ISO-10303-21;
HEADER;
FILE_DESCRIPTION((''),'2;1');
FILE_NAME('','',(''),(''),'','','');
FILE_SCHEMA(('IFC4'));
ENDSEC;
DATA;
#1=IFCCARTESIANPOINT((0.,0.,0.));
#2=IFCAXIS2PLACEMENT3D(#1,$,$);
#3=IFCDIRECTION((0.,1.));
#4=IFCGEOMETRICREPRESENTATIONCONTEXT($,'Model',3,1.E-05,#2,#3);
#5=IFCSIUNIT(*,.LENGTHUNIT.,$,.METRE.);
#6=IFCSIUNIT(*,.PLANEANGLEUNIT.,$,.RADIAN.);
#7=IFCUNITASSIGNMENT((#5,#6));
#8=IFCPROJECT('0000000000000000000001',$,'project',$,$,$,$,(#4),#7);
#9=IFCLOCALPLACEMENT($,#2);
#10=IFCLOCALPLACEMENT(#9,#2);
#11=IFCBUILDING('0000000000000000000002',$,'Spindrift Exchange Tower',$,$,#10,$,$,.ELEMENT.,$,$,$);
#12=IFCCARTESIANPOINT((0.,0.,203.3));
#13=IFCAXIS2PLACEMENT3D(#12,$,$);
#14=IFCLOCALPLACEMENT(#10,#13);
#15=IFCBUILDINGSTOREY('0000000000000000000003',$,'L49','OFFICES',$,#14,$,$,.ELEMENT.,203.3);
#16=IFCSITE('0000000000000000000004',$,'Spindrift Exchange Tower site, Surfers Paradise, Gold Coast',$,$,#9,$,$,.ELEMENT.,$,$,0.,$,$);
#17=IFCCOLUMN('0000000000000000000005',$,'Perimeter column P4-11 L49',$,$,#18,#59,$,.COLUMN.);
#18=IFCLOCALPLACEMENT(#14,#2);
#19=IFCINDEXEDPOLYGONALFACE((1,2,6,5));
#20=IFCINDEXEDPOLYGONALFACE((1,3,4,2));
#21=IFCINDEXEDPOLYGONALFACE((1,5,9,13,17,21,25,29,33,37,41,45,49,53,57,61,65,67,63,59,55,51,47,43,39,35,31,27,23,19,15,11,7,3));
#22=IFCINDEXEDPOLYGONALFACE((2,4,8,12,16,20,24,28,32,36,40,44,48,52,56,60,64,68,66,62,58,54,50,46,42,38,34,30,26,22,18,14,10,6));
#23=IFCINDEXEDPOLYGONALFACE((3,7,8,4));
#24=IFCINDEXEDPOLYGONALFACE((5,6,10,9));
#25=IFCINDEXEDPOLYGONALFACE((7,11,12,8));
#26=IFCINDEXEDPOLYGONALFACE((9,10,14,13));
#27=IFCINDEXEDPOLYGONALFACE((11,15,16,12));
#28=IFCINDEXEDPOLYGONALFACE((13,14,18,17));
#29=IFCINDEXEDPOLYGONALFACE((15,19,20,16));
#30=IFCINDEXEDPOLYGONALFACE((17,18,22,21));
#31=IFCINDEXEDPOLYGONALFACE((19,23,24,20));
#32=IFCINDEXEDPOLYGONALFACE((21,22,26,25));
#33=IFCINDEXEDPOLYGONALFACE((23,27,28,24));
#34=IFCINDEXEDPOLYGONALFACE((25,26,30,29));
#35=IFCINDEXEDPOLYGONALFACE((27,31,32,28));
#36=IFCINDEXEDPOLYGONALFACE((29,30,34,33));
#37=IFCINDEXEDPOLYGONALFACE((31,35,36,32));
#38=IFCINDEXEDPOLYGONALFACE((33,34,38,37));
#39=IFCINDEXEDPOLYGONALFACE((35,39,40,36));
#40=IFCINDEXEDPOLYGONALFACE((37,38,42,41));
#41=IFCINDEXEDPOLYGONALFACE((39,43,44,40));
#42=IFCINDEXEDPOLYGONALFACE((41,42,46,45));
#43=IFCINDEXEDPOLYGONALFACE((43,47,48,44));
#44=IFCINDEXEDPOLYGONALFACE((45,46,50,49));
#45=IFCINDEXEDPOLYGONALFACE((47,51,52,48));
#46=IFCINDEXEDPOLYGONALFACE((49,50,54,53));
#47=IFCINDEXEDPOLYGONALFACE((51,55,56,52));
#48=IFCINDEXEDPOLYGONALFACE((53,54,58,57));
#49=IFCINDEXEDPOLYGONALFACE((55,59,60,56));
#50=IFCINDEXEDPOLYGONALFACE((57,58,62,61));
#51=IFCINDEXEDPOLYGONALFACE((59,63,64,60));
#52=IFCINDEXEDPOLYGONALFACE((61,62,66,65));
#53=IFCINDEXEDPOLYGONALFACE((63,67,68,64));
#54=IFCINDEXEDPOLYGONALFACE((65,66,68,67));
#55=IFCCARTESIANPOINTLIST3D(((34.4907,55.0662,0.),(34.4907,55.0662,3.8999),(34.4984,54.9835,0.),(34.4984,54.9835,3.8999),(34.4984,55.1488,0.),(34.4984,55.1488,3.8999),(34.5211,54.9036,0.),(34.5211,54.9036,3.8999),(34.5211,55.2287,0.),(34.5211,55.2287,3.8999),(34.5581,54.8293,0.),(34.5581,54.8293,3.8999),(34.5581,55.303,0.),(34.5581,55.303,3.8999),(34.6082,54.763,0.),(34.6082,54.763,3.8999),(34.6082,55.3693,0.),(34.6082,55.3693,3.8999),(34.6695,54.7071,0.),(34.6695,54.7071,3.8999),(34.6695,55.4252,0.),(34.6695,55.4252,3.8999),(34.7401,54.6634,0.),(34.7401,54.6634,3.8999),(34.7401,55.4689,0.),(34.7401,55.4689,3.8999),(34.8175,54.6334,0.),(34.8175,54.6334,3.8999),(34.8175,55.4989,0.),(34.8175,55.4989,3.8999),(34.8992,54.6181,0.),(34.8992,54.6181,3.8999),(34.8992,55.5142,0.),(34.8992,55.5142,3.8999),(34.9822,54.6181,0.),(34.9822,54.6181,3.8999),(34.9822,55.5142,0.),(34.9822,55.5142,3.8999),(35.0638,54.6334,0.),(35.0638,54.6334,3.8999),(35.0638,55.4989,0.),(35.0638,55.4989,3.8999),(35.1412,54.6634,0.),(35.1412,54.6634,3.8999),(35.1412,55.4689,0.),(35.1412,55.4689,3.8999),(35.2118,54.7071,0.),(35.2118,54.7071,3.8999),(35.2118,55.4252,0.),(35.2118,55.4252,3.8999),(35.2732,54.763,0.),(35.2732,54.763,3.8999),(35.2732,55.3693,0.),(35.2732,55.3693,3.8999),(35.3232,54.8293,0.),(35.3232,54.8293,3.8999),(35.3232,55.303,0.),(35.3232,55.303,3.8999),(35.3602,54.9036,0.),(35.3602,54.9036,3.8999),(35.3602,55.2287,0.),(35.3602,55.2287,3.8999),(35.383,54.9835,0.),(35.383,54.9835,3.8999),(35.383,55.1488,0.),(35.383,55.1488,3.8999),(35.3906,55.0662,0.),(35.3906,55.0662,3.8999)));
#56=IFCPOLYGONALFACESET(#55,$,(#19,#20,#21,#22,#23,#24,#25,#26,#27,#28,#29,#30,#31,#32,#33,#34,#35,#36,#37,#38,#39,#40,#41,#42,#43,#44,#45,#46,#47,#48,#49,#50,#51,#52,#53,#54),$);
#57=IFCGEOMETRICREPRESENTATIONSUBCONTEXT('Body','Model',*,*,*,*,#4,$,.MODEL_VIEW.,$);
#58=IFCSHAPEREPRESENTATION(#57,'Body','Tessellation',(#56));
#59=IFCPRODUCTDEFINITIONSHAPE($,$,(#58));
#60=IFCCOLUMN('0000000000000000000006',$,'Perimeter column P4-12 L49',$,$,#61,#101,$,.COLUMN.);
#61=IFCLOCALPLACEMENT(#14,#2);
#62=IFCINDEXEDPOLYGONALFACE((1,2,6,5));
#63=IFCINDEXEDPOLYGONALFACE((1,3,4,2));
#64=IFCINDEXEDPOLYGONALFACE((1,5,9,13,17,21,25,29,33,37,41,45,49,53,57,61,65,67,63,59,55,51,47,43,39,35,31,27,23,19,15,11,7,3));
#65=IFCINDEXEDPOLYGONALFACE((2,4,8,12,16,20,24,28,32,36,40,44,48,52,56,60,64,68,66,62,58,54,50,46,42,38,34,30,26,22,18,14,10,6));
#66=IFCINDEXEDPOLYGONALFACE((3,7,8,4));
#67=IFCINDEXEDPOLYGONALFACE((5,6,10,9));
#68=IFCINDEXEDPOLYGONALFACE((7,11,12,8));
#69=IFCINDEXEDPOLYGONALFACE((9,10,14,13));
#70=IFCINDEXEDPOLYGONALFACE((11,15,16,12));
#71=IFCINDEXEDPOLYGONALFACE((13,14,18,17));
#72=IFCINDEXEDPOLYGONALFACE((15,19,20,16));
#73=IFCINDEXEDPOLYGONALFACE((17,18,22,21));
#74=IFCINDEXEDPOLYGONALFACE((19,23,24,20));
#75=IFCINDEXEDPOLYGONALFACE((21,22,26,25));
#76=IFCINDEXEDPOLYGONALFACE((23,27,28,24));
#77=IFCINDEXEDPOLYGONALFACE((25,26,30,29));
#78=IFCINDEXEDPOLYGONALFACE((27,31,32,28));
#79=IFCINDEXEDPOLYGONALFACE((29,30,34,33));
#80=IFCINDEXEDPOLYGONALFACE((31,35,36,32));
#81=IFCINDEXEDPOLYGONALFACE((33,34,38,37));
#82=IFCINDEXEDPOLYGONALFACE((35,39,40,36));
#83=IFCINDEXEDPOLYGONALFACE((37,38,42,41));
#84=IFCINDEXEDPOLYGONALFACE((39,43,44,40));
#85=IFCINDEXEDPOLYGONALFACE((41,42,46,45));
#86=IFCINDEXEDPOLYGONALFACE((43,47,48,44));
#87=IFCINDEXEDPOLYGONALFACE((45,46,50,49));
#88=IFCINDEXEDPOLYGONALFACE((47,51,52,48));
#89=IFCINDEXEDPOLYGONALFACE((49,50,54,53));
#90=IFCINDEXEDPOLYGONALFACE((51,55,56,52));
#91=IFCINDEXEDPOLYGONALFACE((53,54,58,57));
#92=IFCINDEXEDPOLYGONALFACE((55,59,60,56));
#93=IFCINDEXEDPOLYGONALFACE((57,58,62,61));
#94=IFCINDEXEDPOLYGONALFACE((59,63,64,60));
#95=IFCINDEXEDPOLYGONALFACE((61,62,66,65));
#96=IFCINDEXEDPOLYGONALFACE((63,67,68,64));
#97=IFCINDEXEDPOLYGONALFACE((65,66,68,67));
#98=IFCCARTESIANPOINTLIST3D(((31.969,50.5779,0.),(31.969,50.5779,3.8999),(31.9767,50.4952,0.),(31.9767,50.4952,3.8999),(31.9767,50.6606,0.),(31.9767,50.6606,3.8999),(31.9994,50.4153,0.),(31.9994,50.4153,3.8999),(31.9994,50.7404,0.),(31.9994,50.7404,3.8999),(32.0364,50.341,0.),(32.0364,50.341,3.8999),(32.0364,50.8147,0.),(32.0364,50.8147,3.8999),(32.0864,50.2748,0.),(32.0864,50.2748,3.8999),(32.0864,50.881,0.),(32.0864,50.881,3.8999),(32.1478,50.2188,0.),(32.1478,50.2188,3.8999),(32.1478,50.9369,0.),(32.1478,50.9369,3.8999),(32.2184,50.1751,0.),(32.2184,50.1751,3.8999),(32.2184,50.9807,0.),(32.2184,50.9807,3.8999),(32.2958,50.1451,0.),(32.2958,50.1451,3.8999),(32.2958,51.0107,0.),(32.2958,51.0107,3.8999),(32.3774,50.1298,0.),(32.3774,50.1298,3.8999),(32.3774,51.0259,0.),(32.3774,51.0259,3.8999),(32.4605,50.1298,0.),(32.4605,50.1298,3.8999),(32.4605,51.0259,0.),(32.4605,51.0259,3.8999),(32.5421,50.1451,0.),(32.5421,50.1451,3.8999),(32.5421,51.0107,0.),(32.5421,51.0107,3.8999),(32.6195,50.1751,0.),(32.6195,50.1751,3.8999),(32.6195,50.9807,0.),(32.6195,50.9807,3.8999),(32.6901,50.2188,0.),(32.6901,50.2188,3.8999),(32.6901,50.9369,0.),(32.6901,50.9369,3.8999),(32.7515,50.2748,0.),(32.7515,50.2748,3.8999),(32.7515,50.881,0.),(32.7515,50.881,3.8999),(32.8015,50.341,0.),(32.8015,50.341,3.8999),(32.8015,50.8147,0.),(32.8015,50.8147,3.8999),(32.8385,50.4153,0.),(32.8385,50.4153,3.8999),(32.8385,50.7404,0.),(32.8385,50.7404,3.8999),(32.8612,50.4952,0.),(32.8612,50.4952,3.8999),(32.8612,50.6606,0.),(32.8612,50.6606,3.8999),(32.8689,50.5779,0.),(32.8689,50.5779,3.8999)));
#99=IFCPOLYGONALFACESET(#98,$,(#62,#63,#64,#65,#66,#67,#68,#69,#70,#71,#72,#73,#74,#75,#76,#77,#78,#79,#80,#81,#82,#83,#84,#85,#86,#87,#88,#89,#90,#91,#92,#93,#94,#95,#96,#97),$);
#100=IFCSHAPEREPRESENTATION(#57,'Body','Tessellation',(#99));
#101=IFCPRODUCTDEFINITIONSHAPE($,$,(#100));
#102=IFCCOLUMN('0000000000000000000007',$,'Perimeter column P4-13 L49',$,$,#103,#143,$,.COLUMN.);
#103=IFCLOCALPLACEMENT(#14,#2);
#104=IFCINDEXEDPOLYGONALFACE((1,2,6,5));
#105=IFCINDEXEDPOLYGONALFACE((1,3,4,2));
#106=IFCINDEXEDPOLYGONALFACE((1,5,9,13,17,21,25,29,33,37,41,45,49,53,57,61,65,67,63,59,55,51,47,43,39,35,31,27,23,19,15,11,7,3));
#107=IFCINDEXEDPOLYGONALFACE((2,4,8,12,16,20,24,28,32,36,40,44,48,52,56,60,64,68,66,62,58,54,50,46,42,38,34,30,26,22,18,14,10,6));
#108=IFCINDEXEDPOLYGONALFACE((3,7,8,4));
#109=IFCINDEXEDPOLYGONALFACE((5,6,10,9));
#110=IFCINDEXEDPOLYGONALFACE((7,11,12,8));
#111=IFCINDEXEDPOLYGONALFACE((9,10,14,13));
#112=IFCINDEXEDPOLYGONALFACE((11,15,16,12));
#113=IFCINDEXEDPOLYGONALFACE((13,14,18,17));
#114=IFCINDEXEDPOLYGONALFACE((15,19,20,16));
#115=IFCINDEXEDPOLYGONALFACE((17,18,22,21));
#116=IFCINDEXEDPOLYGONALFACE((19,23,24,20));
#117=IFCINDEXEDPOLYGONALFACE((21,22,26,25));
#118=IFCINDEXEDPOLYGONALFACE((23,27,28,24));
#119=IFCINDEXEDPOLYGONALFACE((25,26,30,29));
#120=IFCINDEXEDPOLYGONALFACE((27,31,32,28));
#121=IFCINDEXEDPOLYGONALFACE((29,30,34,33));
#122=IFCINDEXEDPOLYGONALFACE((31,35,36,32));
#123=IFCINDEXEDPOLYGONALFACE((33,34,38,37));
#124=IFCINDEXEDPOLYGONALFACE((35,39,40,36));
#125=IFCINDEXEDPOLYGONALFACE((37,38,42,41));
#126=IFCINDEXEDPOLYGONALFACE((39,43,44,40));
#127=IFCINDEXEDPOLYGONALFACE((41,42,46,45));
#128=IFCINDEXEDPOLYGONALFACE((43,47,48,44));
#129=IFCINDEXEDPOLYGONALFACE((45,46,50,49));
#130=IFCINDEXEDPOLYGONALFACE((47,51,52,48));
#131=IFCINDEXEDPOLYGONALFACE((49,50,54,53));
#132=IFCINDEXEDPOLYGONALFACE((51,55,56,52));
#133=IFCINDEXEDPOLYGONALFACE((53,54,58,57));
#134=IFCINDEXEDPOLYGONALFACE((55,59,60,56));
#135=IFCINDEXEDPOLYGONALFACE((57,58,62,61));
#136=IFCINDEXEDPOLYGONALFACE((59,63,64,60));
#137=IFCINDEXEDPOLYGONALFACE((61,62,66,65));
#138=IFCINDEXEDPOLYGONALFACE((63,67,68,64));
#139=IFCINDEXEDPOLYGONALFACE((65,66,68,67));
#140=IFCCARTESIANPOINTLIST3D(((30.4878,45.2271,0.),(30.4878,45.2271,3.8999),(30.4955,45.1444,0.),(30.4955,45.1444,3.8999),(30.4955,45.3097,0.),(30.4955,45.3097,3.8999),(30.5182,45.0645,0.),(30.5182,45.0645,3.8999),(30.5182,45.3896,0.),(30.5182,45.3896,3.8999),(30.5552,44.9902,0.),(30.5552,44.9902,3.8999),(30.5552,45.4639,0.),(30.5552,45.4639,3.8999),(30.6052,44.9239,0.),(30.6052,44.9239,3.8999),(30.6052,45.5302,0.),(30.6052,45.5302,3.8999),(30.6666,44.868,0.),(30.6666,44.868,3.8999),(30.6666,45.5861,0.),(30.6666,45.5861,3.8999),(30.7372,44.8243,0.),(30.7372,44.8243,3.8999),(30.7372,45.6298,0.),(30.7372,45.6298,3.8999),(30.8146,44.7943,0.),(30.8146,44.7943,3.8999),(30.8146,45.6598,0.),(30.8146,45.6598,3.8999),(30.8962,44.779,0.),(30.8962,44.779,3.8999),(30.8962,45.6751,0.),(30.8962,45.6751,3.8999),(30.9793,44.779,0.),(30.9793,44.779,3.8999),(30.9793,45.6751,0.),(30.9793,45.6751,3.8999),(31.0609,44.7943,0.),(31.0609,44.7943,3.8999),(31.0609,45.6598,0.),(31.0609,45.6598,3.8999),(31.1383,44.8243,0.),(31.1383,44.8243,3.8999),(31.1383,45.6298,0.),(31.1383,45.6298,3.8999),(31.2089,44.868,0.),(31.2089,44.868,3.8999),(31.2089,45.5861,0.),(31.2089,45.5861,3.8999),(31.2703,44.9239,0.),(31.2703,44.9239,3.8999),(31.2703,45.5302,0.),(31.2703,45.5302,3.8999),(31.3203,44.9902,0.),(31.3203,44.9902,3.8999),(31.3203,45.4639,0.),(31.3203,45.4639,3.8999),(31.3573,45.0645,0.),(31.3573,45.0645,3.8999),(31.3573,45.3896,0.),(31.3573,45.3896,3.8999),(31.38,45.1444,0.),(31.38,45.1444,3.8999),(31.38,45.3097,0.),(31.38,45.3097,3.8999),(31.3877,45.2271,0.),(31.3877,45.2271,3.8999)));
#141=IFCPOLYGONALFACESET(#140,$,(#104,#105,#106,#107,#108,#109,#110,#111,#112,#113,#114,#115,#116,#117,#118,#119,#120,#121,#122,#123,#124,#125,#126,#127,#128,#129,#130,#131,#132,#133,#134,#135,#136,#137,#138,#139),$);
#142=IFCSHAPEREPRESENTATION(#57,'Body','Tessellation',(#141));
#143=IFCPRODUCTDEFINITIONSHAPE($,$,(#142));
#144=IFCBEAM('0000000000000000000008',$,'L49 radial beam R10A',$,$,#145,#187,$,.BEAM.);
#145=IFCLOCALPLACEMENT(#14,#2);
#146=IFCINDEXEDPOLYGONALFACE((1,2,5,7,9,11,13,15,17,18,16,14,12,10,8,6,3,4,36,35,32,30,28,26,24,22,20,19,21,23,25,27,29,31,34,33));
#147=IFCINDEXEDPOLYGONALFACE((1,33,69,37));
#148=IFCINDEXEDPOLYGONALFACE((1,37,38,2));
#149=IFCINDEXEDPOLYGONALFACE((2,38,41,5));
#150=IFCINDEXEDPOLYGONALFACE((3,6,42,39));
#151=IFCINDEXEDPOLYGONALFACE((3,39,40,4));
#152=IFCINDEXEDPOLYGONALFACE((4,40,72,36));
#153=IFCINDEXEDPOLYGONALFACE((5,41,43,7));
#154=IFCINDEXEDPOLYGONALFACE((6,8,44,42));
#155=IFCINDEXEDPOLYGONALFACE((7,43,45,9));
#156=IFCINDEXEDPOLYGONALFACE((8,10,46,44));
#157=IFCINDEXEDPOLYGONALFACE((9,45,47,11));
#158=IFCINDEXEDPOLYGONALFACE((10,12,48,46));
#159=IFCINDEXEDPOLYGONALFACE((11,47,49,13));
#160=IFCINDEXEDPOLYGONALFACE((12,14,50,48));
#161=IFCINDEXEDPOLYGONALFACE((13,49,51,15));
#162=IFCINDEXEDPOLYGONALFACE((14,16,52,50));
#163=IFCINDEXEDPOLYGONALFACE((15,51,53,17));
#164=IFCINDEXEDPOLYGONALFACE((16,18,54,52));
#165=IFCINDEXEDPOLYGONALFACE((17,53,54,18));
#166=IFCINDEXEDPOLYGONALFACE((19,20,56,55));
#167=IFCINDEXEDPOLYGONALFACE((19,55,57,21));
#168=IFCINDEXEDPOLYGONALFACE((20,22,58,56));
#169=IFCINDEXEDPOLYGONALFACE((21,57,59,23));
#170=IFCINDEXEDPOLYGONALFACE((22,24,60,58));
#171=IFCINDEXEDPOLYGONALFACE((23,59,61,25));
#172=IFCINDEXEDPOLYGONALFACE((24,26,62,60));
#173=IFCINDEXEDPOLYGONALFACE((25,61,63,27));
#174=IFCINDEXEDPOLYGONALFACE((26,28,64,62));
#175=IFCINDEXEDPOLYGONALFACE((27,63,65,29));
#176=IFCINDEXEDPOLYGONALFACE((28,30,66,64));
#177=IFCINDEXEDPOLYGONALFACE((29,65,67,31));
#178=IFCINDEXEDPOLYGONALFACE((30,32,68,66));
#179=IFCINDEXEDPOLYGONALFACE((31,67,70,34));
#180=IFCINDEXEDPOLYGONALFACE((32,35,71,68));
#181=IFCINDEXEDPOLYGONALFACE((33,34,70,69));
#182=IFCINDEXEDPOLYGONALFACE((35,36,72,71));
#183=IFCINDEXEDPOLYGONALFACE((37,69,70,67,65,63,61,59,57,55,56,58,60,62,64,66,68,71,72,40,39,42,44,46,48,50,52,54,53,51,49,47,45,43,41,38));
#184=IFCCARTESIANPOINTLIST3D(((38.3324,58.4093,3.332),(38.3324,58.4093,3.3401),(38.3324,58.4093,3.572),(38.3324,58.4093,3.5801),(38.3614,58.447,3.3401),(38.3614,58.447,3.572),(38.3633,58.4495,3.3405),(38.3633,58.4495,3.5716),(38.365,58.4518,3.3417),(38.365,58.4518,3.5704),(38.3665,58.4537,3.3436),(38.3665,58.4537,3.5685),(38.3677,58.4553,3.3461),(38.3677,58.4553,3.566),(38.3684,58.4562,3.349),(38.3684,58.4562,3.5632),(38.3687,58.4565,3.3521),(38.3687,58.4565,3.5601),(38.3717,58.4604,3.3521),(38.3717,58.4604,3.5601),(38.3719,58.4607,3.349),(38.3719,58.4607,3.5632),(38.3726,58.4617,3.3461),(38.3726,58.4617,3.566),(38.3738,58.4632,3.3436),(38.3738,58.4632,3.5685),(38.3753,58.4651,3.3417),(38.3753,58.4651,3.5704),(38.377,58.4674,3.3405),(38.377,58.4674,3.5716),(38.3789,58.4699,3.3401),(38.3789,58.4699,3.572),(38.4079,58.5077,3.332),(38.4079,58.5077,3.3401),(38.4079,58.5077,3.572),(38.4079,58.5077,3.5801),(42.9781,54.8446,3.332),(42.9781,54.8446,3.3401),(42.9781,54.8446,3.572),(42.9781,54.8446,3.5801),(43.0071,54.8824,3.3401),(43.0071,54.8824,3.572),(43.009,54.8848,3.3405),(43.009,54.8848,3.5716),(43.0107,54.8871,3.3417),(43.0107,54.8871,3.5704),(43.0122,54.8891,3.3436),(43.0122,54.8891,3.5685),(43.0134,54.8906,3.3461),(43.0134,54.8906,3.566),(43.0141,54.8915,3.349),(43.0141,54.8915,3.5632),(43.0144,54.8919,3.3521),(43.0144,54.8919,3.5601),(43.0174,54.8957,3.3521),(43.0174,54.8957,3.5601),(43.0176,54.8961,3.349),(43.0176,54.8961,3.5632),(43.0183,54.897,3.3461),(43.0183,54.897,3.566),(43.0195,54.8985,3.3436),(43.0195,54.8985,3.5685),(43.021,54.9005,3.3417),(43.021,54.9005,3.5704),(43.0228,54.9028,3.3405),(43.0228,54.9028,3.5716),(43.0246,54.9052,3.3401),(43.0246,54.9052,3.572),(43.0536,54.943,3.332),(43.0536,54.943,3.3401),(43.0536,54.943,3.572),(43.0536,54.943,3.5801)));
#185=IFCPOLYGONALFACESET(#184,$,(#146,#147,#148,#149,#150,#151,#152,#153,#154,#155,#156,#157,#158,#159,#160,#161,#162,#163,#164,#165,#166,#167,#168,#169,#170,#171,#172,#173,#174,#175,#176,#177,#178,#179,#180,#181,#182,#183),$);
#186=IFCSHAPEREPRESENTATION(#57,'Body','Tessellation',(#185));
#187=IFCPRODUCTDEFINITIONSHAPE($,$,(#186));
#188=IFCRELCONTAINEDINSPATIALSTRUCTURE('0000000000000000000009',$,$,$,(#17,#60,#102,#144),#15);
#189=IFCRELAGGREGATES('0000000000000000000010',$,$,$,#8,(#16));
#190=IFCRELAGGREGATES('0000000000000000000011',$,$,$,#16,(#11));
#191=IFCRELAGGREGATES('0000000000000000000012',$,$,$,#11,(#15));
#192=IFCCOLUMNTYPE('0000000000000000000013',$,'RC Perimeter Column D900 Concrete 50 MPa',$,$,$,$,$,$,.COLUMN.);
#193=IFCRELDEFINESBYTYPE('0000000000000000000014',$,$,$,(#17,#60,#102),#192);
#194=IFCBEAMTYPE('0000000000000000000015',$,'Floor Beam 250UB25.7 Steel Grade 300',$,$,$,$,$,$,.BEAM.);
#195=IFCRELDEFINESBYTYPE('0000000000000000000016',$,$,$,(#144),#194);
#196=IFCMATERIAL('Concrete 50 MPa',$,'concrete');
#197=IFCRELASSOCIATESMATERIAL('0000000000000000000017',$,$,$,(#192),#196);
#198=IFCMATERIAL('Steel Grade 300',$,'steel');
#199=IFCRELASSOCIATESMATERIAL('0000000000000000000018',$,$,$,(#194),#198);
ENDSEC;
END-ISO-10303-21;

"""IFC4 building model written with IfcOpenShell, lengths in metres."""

from ifc_helpers import new_model, si_unit, direction, frame, origin, origin_2d, place, context, subcontext, project, spatial, circle, i_section, extrude, source, transform, mapped, material, material_profile, profile_set, type_object, element, save


model = new_model("IFC4")

# Units and contexts
model_context = context("Model", 3, precision=1e-05, world=origin(), true_north=direction((0.0, 1.0)))
body_context = subcontext(model_context, "Body", "Model", "MODEL_VIEW")
ifc_project = project(units=[si_unit("LENGTHUNIT", "METRE"), si_unit("PLANEANGLEUNIT", "RADIAN")], contexts=[model_context])

# Site, building, storey
site_placement = place(None, origin())
site = spatial("IfcSite", under=ifc_project, at=site_placement, Name="Spindrift Exchange Tower site, Surfers Paradise, Gold Coast", CompositionType="ELEMENT", RefElevation=0.0)
building_placement = place(site_placement, origin())
building = spatial("IfcBuilding", under=site, at=building_placement, Name="Spindrift Exchange Tower", CompositionType="ELEMENT")
storey_placement = place(building_placement, frame((0.0, 0.0, 203.3)))
storey = spatial("IfcBuildingStorey", under=building, at=storey_placement, Name="L49", Description="OFFICES", CompositionType="ELEMENT", Elevation=203.3)

# Columns
ifc_material_1 = material(Name="Concrete 50 MPa", Category="concrete")
ifc_material_profile_1 = material_profile(ifc_material_1, circle(Radius=0.45, at=origin_2d()), Name="RC D900")
ifc_profile_set_1 = profile_set([ifc_material_profile_1], Name="Concrete 50 MPa")
column_type = type_object("IfcColumnType", Name="RC Perimeter Column D900 Concrete 50 MPa", PredefinedType="COLUMN", material=ifc_profile_set_1)
shared_shape_1 = source(origin(), body_context, "Body", "SweptSolid", [
    extrude(circle(Radius=0.45, at=origin_2d()), origin(), (0.0, 0.0, 1.0), 3.8999),
])
for number, where, z_axis, x_axis, name in (
    (1, (34.9407, 55.0662, 0.0), (0.0, 0.0, 1.0), (1.0, 0.0, 0.0), "Perimeter column P4-11 L49"),
    (2, (32.4189, 50.5779, 0.0), (0.0, 0.0, 1.0), (1.0, 0.0, 0.0), "Perimeter column P4-12 L49"),
    (3, (30.9377, 45.2271, 0.0), (0.0, 0.0, 1.0), (1.0, 0.0, 0.0), "Perimeter column P4-13 L49"),
):
    element("IfcColumn", number, at=place(storey_placement, frame(where, z_axis=z_axis, x_axis=x_axis)), inside=storey, type_object=column_type, Name=name, PredefinedType="COLUMN", context=body_context, shape_type="MappedRepresentation", body=[
        mapped(shared_shape_1, transform((0.0, 0.0, 0.0), scale=1.0)),
    ])

# Beam
ifc_material_2 = material(Name="Steel Grade 300", Category="steel")
ifc_material_profile_2 = material_profile(ifc_material_2, i_section(OverallWidth=0.124, OverallDepth=0.248, WebThickness=0.0049, FlangeThickness=0.0081, FilletRadius=0.012, at=origin_2d()), Name="250UB25.7")
ifc_profile_set_2 = profile_set([ifc_material_profile_2], Name="Steel Grade 300")
beam_type_1 = type_object("IfcBeamType", Name="Floor Beam 250UB25.7 Steel Grade 300", PredefinedType="BEAM", material=ifc_profile_set_2)
shared_shape_2 = source(origin(), body_context, "Body", "SweptSolid", [
    extrude(i_section(OverallWidth=0.124, OverallDepth=0.248, WebThickness=0.0049, FlangeThickness=0.0081, FilletRadius=0.012, at=origin_2d()), origin(), (0.0, 0.0, 1.0), 5.8557),
])
beam_1_placement = place(storey_placement, frame((43.0159, 54.8938, 3.4561), z_axis=(-0.793363, 0.608749, 0.0), x_axis=(-0.608749, -0.793363, 0.0)))
element("IfcBeam", 4, at=beam_1_placement, inside=storey, type_object=beam_type_1, Name="L49 radial beam R10A", PredefinedType="BEAM", context=body_context, shape_type="MappedRepresentation", body=[
    mapped(shared_shape_2, transform((0.0, 0.0, 0.0), scale=1.0)),
])

save(model, "model.ifc")
